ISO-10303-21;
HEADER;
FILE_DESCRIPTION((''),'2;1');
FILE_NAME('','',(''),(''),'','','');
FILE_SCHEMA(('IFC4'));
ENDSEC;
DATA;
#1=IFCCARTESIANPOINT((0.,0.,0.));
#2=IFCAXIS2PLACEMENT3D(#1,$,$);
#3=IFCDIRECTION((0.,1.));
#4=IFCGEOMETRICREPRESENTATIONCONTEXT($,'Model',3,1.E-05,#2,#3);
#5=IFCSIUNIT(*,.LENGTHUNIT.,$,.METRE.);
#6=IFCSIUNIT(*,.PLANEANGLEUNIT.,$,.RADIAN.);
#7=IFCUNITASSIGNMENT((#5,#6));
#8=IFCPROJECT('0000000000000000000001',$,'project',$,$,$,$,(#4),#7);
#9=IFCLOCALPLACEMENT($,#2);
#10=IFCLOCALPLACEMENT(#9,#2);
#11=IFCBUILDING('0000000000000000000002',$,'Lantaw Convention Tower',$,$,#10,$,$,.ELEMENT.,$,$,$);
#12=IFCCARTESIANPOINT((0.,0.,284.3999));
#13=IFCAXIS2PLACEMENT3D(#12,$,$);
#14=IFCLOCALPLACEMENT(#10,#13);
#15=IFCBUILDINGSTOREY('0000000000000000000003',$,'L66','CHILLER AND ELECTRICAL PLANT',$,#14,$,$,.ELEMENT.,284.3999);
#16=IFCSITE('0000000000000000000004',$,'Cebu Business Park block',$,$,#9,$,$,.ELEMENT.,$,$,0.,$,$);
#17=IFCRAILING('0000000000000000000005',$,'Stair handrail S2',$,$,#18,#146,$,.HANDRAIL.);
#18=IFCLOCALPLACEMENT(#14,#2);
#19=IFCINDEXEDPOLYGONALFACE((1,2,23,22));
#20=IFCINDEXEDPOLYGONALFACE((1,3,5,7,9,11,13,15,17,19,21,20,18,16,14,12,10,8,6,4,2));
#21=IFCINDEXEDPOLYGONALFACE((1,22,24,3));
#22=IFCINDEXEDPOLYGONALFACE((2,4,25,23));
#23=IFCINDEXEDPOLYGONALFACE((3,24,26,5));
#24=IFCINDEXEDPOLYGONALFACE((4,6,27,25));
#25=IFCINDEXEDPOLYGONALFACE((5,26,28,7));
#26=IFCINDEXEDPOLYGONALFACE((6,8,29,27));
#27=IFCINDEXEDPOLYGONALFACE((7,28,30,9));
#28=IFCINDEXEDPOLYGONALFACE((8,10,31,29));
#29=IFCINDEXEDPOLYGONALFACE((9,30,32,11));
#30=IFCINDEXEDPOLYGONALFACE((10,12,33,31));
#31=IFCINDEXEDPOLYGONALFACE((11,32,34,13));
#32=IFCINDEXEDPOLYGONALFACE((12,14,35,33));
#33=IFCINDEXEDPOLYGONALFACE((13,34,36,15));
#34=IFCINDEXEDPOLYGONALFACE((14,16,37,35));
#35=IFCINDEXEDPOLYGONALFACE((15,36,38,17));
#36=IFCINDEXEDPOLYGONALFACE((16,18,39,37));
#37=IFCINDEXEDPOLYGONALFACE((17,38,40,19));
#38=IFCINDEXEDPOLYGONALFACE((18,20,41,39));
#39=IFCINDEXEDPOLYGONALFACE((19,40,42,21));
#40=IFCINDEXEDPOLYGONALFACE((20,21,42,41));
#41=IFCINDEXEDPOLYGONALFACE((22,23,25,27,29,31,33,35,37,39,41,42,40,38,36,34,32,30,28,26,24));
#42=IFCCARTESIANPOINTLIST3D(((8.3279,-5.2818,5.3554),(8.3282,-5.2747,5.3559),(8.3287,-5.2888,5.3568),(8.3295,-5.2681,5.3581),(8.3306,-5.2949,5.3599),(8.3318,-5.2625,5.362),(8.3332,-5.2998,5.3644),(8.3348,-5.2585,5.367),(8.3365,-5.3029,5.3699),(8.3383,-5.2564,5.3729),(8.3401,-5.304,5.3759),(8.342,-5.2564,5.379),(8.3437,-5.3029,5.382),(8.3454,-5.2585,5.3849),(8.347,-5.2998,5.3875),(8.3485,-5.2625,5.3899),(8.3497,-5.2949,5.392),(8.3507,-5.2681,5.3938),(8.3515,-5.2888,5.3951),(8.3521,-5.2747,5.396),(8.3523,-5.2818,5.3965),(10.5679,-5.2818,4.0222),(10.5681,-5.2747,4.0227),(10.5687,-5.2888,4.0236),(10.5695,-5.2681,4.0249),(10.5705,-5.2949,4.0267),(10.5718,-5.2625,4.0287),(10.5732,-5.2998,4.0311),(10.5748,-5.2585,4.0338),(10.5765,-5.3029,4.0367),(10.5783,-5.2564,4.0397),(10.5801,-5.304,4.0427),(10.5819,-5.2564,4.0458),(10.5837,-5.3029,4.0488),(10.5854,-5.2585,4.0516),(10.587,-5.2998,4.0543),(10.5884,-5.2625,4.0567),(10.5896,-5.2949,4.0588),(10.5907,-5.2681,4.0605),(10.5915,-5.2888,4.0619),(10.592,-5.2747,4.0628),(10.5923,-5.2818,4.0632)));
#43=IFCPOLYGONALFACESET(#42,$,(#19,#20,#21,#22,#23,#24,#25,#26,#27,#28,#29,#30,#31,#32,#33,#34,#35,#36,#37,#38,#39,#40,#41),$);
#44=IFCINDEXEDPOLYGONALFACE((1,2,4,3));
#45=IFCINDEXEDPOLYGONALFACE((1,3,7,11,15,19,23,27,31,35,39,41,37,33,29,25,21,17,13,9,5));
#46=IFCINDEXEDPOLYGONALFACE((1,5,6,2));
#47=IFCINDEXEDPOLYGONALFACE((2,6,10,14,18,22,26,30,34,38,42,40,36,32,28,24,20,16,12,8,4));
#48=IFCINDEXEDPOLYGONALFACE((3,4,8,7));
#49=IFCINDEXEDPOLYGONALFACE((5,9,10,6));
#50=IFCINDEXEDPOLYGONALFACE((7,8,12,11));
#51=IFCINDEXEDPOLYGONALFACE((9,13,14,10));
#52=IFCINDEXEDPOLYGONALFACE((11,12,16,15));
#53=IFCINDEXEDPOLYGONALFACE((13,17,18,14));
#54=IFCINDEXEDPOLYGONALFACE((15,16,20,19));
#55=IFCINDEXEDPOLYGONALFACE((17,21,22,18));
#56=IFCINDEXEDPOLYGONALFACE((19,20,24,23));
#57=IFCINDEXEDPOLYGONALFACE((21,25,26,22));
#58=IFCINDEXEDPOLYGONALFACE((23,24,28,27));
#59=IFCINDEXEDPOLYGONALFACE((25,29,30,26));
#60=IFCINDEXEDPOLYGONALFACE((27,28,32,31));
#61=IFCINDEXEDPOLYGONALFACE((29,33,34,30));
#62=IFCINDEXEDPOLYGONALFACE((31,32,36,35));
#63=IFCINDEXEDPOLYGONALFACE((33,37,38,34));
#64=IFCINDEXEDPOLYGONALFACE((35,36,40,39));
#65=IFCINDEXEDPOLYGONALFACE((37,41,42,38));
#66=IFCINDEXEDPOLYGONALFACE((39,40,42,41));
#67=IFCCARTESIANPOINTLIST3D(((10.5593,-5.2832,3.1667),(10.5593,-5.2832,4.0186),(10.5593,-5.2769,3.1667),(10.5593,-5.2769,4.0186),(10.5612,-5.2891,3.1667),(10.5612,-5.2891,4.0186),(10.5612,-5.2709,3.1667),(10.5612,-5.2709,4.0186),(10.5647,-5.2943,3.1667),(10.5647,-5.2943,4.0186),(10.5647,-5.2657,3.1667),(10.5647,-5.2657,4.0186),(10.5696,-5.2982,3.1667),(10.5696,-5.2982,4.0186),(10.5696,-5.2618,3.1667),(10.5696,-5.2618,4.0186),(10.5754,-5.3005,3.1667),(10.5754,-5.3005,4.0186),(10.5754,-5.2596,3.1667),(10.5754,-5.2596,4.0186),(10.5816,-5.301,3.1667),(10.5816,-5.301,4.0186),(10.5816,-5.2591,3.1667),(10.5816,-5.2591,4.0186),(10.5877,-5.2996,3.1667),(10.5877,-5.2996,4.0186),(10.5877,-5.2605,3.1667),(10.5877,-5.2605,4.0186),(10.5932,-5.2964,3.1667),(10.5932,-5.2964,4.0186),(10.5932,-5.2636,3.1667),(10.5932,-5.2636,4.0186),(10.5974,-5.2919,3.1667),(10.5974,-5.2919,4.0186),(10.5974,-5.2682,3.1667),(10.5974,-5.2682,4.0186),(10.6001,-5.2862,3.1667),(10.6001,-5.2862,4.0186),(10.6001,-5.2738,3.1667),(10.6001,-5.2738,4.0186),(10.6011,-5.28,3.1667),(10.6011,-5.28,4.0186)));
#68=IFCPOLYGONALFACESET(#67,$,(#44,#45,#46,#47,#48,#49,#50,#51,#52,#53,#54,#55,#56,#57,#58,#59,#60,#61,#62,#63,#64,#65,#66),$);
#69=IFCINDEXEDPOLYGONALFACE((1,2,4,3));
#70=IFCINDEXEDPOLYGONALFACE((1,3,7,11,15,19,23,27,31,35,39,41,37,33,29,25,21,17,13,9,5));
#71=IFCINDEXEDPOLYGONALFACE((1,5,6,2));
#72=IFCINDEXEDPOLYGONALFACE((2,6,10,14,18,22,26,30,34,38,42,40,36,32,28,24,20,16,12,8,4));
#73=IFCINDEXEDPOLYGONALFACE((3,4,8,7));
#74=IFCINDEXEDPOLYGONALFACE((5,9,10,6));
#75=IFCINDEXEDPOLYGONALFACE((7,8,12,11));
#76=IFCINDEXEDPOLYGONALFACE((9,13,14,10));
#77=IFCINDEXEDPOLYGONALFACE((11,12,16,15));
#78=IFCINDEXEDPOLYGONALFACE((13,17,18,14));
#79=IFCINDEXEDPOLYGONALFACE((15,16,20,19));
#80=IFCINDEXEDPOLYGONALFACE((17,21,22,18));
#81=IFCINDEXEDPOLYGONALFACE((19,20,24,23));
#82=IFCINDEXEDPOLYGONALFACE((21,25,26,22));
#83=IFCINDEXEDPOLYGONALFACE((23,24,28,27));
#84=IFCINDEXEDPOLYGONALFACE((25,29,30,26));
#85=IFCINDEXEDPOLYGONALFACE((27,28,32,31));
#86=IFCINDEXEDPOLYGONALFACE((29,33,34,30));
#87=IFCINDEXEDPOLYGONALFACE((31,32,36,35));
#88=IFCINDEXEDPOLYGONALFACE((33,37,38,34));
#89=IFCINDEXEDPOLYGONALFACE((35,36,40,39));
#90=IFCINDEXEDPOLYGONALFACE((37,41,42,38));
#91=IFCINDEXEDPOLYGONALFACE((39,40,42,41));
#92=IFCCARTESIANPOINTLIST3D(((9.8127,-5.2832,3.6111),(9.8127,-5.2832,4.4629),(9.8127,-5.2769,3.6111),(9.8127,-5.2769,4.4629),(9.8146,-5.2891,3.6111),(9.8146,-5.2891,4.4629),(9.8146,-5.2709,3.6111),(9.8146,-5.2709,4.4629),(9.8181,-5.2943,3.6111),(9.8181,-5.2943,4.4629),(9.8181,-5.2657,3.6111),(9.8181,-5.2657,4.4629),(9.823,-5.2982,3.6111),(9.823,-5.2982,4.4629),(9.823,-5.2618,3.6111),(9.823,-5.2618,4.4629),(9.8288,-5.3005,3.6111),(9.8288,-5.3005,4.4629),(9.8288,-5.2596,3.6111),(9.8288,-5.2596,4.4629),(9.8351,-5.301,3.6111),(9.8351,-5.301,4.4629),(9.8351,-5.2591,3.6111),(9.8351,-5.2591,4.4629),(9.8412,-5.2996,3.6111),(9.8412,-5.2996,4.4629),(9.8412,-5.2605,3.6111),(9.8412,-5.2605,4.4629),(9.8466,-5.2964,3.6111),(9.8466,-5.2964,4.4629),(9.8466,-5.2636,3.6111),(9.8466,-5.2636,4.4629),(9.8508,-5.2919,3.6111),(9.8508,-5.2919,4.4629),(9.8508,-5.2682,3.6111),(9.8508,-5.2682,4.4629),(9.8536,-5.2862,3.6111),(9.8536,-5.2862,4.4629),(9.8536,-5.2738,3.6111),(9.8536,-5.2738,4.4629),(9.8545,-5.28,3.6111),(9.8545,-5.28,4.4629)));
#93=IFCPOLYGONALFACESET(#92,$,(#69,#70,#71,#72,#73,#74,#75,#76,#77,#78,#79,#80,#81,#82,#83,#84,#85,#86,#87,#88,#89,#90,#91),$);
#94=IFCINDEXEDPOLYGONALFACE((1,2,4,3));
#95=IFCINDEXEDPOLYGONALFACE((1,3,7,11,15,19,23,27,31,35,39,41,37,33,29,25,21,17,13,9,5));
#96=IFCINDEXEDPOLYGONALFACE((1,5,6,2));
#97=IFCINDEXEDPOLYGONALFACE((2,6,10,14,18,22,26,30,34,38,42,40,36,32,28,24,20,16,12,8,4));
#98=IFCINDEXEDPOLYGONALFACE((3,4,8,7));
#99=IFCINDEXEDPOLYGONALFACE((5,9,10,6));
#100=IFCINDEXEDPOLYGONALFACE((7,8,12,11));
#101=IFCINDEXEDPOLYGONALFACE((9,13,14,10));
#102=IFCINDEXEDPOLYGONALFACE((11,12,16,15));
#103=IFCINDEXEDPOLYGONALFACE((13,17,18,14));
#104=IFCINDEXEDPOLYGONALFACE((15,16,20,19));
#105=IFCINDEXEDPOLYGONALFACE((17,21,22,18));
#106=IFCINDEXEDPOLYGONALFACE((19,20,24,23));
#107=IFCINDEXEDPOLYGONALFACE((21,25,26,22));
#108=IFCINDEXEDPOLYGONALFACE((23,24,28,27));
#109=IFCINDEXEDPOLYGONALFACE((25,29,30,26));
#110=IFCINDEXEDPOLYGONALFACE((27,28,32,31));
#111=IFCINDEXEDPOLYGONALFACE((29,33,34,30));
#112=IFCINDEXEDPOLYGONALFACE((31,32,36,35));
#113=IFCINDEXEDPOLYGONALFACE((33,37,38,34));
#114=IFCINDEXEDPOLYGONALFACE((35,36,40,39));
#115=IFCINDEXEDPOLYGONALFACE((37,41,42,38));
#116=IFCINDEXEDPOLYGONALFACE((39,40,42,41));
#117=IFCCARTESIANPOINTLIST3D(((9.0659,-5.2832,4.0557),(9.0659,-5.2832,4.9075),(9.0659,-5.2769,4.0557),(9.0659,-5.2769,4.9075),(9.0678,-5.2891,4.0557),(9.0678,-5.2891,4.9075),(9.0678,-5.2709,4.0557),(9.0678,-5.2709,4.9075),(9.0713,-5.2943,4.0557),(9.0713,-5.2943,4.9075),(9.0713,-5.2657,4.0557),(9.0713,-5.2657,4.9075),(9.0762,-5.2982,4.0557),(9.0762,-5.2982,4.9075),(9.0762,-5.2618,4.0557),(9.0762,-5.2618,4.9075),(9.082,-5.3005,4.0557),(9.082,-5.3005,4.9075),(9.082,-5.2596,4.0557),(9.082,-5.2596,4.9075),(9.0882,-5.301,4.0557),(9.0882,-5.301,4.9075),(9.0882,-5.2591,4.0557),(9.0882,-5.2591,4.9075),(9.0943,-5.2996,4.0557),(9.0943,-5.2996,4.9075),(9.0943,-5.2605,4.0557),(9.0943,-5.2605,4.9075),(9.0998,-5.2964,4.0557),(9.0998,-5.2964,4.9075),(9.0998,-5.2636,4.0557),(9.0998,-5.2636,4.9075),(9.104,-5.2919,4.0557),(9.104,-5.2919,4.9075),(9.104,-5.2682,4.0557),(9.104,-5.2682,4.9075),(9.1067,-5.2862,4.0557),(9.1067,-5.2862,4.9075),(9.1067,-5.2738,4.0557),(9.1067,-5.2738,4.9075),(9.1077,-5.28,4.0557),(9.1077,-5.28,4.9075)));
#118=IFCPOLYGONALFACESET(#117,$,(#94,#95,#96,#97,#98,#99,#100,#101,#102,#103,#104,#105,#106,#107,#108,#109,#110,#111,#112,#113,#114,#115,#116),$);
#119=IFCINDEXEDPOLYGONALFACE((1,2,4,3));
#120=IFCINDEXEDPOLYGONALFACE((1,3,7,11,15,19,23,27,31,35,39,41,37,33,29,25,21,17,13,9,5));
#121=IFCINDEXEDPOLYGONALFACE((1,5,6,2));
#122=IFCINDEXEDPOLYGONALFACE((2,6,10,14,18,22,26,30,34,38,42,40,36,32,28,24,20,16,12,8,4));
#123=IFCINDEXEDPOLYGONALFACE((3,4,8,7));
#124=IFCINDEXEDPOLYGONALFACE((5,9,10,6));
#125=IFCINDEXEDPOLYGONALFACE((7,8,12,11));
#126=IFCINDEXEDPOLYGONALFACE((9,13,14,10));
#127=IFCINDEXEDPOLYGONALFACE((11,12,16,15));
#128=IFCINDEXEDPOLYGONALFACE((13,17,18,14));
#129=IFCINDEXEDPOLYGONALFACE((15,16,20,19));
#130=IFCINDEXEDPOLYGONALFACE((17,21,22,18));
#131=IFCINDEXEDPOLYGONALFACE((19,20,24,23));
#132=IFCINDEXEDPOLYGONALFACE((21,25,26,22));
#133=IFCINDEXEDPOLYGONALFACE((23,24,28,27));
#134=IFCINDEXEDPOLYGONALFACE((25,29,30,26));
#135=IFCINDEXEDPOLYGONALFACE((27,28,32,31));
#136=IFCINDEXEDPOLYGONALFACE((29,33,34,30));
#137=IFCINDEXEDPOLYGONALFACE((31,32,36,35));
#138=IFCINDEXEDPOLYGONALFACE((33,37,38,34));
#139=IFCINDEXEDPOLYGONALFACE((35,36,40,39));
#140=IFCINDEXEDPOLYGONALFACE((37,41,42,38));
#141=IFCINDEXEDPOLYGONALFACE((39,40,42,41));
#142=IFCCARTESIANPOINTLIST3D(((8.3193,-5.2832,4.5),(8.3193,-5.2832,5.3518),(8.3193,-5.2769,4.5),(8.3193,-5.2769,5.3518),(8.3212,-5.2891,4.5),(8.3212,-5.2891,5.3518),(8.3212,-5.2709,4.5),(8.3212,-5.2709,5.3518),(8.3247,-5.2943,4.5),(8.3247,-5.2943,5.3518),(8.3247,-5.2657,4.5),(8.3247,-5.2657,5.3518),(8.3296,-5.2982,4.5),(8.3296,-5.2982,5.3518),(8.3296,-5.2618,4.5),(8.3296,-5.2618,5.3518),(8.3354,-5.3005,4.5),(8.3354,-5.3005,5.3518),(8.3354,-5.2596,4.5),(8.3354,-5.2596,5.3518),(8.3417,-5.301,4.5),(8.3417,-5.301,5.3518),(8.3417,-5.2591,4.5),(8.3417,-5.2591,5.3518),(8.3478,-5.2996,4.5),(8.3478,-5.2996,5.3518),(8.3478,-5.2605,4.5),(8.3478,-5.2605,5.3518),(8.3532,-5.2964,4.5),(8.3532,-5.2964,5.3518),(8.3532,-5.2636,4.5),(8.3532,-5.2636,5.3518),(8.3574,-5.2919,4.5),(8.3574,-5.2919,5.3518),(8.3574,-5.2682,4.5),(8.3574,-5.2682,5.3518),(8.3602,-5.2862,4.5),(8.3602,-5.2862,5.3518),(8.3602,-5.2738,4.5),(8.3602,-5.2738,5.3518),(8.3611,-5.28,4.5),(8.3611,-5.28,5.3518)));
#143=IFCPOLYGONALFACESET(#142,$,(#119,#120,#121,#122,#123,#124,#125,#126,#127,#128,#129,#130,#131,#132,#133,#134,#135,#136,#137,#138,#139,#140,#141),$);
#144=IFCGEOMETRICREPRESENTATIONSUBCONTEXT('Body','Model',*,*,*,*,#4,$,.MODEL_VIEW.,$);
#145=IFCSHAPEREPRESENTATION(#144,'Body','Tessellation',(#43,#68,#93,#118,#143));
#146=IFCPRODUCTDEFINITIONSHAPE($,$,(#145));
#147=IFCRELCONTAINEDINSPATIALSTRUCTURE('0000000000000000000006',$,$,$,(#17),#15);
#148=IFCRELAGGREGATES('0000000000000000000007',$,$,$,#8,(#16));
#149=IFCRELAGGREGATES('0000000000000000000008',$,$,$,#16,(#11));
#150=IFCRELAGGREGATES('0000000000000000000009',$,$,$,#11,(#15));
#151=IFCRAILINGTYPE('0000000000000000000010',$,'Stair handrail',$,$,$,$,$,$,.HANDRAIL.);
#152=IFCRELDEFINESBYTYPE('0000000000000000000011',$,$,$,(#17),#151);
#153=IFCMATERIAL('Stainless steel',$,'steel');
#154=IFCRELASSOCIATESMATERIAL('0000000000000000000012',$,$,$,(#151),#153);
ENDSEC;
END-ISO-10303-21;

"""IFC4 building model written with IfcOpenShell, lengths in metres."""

from ifc_helpers import new_model, si_unit, direction, frame, origin, origin_2d, place, context, subcontext, project, spatial, circle, extrude, material, type_object, element, save


model = new_model("IFC4")

# Units and contexts
model_context = context("Model", 3, precision=1e-05, world=origin(), true_north=direction((0.0, 1.0)))
body_context = subcontext(model_context, "Body", "Model", "MODEL_VIEW")
ifc_project = project(units=[si_unit("LENGTHUNIT", "METRE"), si_unit("PLANEANGLEUNIT", "RADIAN")], contexts=[model_context])

# Site, building, storey
site_placement = place(None, origin())
site = spatial("IfcSite", under=ifc_project, at=site_placement, Name="Cebu Business Park block", CompositionType="ELEMENT", RefElevation=0.0)
building_placement = place(site_placement, origin())
building = spatial("IfcBuilding", under=site, at=building_placement, Name="Lantaw Convention Tower", CompositionType="ELEMENT")
storey_placement = place(building_placement, frame((0.0, 0.0, 284.3999)))
storey = spatial("IfcBuildingStorey", under=building, at=storey_placement, Name="L66", Description="CHILLER AND ELECTRICAL PLANT", CompositionType="ELEMENT", Elevation=284.3999)

# Railing
ifc_material_1 = material(Name="Stainless steel", Category="steel")
railing_type = type_object("IfcRailingType", Name="Stair handrail", PredefinedType="HANDRAIL", material=ifc_material_1)
railing_1_placement = place(storey_placement, frame((10.5801, -5.28, 3.1667)))
element("IfcRailing", 1, at=railing_1_placement, inside=storey, type_object=railing_type, Name="Stair handrail S2", PredefinedType="HANDRAIL", context=body_context, shape_type="SweptSolid", body=[
    extrude(circle(Radius=0.0239, at=origin_2d()), frame((0.0, 0.0, 0.876), z_axis=(-0.859306, 0.0, 0.511462), x_axis=(0.0, -1.0, 0.0)), (0.0, 0.0, 1.0), 2.6067),
    extrude(circle(Radius=0.021, at=origin_2d()), origin(), (0.0, 0.0, 1.0), 0.8518),
    extrude(circle(Radius=0.021, at=origin_2d()), frame((-0.7466, 0.0, 0.4443)), (0.0, 0.0, 1.0), 0.8518),
    extrude(circle(Radius=0.021, at=origin_2d()), frame((-1.4934, 0.0, 0.8889)), (0.0, 0.0, 1.0), 0.8518),
    extrude(circle(Radius=0.021, at=origin_2d()), frame((-2.24, 0.0, 1.3333)), (0.0, 0.0, 1.0), 0.8518),
])

save(model, "model.ifc")
